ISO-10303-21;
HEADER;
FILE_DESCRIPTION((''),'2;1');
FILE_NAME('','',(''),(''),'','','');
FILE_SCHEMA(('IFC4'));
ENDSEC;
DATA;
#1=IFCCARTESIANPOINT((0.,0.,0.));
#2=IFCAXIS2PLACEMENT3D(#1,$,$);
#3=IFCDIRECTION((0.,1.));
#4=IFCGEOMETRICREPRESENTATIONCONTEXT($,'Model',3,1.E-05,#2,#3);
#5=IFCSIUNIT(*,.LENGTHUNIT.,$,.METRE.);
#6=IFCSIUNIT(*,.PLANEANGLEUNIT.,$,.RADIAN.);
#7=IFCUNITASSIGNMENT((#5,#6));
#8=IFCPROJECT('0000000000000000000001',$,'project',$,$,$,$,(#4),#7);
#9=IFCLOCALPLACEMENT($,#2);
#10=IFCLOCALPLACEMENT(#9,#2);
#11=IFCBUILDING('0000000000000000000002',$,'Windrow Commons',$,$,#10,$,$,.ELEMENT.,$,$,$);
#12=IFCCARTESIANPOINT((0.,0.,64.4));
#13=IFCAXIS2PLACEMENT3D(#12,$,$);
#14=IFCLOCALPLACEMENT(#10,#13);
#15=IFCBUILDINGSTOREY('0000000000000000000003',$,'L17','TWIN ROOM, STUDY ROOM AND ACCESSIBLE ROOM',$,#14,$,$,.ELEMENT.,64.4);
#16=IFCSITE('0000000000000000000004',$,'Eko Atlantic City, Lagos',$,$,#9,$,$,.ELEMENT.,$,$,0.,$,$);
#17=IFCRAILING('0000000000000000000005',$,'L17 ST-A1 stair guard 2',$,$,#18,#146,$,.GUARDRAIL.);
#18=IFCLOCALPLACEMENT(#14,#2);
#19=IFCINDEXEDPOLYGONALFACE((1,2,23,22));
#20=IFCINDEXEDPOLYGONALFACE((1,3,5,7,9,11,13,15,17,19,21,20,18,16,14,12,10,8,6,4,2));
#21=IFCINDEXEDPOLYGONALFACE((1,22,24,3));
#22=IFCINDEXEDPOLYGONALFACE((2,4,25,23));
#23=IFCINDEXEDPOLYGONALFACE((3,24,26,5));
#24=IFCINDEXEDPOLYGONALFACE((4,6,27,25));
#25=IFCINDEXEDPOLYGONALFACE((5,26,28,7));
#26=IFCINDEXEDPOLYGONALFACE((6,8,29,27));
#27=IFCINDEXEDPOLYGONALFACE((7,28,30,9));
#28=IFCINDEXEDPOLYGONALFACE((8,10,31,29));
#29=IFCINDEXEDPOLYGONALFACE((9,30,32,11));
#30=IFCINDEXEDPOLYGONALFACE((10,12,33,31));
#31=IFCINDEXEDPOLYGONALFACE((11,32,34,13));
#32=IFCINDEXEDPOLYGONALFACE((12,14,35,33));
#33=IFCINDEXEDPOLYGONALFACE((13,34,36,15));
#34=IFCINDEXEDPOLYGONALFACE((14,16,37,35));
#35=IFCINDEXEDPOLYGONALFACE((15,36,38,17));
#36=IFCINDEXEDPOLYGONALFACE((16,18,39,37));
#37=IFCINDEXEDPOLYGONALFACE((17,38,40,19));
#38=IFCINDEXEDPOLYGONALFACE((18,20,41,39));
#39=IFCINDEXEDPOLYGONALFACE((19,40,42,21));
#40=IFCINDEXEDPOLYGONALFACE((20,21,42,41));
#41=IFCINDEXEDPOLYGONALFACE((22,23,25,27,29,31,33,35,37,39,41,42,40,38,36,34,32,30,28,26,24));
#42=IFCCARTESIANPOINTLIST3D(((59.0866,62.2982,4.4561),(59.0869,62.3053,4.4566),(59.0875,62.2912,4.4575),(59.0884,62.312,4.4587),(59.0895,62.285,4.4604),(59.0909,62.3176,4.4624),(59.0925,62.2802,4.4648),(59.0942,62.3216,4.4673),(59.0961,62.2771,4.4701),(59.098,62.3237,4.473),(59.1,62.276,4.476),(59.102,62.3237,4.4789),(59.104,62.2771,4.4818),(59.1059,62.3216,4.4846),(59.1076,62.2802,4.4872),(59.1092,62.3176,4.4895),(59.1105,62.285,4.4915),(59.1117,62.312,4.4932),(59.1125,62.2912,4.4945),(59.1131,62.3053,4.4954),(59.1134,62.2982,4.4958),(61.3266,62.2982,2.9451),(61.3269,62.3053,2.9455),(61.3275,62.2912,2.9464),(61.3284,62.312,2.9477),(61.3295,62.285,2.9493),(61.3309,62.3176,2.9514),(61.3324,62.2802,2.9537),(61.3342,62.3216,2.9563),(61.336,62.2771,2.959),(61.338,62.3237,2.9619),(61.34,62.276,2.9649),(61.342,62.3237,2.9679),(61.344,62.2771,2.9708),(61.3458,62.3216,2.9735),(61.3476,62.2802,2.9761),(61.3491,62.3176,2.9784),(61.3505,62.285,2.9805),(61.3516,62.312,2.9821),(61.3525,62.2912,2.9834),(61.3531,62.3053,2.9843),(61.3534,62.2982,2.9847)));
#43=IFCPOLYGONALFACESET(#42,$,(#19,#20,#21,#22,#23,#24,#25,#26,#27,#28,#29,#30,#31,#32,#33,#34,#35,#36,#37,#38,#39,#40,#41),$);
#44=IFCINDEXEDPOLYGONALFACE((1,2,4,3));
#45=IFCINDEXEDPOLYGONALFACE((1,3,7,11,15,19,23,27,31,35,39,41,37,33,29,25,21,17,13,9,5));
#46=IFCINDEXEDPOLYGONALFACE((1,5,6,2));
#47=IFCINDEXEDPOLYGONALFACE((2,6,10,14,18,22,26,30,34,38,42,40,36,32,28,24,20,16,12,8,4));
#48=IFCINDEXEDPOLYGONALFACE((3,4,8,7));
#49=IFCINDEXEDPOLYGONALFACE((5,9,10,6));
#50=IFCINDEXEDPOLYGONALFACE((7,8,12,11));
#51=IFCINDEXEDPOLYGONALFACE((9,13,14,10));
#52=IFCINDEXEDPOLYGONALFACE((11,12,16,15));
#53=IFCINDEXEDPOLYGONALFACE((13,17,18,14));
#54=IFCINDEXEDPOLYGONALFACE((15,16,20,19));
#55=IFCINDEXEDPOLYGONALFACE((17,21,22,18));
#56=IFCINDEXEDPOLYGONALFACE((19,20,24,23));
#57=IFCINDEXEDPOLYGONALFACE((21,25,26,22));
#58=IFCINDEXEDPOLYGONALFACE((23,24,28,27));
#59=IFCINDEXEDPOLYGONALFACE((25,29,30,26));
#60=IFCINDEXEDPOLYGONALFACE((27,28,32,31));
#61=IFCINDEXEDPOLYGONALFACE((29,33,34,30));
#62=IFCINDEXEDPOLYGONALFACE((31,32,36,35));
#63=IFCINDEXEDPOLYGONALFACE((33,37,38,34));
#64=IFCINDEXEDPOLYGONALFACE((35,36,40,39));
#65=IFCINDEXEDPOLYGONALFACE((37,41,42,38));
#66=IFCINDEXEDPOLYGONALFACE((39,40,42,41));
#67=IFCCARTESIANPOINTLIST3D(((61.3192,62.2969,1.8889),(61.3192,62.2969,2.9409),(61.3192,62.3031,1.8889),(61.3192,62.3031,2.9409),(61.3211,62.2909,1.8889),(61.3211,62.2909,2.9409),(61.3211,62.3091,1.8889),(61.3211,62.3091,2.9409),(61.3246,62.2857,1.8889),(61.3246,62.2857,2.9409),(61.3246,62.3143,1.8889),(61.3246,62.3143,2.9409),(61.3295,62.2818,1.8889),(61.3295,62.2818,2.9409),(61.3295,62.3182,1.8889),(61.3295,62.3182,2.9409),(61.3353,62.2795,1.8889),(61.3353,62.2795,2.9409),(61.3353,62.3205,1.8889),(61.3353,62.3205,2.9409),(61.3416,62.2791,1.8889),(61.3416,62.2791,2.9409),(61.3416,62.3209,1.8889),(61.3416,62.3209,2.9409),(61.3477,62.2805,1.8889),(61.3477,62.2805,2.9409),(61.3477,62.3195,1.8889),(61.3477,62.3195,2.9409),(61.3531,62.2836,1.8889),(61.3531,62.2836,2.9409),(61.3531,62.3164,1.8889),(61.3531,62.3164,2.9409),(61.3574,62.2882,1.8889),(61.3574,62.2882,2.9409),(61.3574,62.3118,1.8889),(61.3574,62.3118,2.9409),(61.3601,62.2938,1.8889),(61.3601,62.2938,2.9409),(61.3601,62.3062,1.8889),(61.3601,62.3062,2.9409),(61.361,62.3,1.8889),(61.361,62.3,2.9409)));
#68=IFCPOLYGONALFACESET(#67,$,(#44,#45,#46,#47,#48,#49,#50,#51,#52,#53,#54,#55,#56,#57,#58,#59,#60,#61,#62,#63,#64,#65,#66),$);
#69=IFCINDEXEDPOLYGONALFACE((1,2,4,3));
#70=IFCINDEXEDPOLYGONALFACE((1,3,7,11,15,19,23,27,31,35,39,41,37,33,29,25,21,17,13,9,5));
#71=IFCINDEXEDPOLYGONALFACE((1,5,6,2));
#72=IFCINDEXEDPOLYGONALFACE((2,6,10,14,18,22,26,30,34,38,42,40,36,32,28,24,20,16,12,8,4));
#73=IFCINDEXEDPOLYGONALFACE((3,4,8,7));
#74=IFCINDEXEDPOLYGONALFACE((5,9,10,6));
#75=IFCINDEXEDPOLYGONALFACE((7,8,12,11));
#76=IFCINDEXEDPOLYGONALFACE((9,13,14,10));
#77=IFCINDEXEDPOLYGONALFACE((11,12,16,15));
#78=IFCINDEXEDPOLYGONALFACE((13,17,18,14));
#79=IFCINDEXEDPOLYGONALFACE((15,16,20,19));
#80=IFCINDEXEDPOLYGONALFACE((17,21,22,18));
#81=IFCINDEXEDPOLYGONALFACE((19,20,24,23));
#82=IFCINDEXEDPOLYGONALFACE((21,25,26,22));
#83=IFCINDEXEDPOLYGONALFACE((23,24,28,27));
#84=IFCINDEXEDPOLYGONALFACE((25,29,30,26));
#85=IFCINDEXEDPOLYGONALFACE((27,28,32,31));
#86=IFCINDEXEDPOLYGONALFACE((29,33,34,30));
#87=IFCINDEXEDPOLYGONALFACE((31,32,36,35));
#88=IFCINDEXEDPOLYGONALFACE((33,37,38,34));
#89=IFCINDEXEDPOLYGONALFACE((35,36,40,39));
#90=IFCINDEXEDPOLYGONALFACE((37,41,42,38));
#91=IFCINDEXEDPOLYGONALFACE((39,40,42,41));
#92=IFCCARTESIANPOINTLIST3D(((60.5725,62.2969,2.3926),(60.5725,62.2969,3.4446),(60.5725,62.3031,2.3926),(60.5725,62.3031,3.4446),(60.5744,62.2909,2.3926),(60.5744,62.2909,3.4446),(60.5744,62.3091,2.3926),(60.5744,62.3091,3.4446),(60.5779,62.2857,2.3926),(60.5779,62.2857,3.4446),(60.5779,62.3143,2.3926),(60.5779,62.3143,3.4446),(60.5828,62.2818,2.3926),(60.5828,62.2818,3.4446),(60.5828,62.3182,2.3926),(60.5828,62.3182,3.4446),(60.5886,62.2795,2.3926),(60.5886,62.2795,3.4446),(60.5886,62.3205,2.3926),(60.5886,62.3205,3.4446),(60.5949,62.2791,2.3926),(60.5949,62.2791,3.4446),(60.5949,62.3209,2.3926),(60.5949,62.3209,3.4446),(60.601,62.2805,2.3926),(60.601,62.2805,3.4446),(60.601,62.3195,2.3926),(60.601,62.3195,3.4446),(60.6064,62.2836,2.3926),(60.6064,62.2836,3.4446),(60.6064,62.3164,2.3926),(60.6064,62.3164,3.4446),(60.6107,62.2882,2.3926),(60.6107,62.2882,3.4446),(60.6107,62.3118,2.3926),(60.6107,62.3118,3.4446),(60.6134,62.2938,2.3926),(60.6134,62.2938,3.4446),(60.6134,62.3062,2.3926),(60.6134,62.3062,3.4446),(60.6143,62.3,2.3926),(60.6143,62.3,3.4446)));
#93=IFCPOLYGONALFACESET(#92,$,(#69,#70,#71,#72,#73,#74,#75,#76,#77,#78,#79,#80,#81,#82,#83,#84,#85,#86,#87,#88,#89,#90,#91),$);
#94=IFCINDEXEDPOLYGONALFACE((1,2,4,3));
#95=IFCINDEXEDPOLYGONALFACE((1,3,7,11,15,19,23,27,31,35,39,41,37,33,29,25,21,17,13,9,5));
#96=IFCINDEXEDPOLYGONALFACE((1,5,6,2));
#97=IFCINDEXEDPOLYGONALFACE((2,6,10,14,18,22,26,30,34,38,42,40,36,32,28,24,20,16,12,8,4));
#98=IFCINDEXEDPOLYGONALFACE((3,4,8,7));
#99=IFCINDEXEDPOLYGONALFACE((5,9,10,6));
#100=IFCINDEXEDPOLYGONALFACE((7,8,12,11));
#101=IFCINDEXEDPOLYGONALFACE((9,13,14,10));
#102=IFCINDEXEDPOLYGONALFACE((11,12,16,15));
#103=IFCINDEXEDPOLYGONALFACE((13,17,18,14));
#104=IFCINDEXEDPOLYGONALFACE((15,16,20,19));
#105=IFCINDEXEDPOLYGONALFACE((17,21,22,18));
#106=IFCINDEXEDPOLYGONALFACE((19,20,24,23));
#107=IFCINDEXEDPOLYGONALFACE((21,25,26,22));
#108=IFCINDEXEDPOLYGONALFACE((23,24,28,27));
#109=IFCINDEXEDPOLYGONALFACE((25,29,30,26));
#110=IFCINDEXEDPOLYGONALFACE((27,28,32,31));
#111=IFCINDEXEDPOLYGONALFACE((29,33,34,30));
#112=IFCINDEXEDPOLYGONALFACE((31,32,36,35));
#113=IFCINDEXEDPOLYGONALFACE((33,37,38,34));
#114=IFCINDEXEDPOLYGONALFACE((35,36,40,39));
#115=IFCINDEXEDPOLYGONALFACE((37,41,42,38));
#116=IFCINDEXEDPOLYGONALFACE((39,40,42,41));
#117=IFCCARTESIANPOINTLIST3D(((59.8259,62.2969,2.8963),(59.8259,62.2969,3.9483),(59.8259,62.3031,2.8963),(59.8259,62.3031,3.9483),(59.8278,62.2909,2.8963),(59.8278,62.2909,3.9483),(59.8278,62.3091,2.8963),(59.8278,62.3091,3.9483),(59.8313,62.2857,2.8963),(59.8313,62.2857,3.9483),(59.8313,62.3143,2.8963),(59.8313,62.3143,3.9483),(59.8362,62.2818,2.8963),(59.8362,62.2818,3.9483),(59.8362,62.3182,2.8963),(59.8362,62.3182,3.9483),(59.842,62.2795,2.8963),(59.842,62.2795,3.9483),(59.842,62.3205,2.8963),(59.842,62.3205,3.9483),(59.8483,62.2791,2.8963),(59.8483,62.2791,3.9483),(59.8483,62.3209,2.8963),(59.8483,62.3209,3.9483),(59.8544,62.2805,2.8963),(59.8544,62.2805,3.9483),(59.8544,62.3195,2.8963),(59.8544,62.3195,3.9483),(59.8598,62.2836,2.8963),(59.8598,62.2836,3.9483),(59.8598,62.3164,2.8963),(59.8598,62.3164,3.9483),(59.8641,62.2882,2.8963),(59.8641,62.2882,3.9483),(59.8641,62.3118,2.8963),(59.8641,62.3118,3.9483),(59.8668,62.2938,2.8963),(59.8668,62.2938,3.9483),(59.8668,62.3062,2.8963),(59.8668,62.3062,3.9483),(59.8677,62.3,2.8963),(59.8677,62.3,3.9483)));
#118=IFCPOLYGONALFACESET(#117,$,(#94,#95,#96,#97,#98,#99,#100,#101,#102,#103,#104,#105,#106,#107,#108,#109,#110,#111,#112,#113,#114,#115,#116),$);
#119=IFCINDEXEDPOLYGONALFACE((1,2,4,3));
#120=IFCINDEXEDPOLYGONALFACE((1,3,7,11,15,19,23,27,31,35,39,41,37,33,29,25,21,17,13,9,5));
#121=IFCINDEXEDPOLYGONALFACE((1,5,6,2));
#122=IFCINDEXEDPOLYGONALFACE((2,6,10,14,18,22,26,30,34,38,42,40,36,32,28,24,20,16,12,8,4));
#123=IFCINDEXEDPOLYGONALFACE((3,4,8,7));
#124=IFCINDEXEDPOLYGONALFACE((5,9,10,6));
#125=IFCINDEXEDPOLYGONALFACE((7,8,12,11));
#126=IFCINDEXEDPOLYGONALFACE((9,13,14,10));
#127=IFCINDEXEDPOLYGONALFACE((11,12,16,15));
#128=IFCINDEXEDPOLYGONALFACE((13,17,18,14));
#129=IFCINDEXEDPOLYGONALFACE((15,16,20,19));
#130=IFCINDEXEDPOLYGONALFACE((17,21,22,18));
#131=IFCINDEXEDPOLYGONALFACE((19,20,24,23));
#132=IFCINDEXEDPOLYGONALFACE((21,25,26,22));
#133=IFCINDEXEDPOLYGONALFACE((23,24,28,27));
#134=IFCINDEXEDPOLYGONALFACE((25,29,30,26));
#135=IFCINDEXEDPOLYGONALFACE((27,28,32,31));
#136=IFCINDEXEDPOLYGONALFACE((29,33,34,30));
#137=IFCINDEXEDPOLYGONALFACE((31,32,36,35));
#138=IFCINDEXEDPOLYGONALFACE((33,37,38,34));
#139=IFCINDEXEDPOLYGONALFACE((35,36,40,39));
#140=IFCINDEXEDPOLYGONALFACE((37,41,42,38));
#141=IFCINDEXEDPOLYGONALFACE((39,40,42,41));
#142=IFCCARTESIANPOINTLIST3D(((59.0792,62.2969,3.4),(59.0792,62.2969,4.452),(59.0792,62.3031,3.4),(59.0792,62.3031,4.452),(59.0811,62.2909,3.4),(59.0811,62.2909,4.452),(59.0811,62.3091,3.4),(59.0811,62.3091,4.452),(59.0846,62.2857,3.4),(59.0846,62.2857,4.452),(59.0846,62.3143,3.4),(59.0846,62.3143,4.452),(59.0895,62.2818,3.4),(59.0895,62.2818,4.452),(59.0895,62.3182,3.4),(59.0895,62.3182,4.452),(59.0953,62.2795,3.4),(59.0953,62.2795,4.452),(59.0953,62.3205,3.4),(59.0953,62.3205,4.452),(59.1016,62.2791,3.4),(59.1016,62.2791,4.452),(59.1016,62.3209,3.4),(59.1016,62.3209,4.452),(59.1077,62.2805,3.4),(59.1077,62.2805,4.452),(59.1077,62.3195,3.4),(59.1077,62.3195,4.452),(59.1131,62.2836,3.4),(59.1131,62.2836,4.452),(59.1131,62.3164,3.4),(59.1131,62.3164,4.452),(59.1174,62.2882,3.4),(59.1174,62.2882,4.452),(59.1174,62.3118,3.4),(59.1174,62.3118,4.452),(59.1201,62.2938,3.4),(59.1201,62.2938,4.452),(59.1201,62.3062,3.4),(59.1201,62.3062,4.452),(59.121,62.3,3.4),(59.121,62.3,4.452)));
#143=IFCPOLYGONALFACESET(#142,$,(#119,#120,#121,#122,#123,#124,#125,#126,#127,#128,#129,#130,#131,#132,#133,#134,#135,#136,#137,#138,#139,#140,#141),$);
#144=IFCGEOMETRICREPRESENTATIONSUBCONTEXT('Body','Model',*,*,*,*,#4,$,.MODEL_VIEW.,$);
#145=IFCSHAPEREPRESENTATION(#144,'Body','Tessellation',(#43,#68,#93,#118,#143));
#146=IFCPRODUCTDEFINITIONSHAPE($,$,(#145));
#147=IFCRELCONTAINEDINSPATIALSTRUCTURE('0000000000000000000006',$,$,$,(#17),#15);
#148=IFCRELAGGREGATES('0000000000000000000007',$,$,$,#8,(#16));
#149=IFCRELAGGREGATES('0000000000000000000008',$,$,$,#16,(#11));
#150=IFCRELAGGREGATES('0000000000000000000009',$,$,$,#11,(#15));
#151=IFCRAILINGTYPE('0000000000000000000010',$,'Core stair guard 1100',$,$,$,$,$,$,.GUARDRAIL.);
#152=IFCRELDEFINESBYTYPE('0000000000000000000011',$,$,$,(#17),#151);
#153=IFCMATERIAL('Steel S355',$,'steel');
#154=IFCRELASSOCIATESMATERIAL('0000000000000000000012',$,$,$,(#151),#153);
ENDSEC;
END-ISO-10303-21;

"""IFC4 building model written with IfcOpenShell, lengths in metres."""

from ifc_helpers import new_model, si_unit, direction, frame, origin, origin_2d, place, context, subcontext, project, spatial, circle, extrude, material, type_object, element, save


model = new_model("IFC4")

# Units and contexts
model_context = context("Model", 3, precision=1e-05, world=origin(), true_north=direction((0.0, 1.0)))
body_context = subcontext(model_context, "Body", "Model", "MODEL_VIEW")
ifc_project = project(units=[si_unit("LENGTHUNIT", "METRE"), si_unit("PLANEANGLEUNIT", "RADIAN")], contexts=[model_context])

# Site, building, storey
site_placement = place(None, origin())
site = spatial("IfcSite", under=ifc_project, at=site_placement, Name="Eko Atlantic City, Lagos", CompositionType="ELEMENT", RefElevation=0.0)
building_placement = place(site_placement, origin())
building = spatial("IfcBuilding", under=site, at=building_placement, Name="Windrow Commons", CompositionType="ELEMENT")
storey_placement = place(building_placement, frame((0.0, 0.0, 64.4)))
storey = spatial("IfcBuildingStorey", under=building, at=storey_placement, Name="L17", Description="TWIN ROOM, STUDY ROOM AND ACCESSIBLE ROOM", CompositionType="ELEMENT", Elevation=64.4)

# Railing
ifc_material_1 = material(Name="Steel S355", Category="steel")
railing_type_1 = type_object("IfcRailingType", Name="Core stair guard 1100", PredefinedType="GUARDRAIL", material=ifc_material_1)
railing_1_placement = place(storey_placement, frame((61.34, 62.3, 1.8889)))
element("IfcRailing", 1, at=railing_1_placement, inside=storey, type_object=railing_type_1, Name="L17 ST-A1 stair guard 2", PredefinedType="GUARDRAIL", context=body_context, shape_type="SweptSolid", body=[
    extrude(circle(Radius=0.024, at=origin_2d()), frame((0.0, 0.0, 1.076), z_axis=(-0.829003, 0.0, 0.559244), x_axis=(0.0, -1.0, 0.0)), (0.0, 0.0, 1.0), 2.702),
    extrude(circle(Radius=0.021, at=origin_2d()), origin(), (0.0, 0.0, 1.0), 1.052),
    extrude(circle(Radius=0.021, at=origin_2d()), frame((-0.7467, 0.0, 0.5037)), (0.0, 0.0, 1.0), 1.052),
    extrude(circle(Radius=0.021, at=origin_2d()), frame((-1.4933, 0.0, 1.0074)), (0.0, 0.0, 1.0), 1.052),
    extrude(circle(Radius=0.021, at=origin_2d()), frame((-2.24, 0.0, 1.5111)), (0.0, 0.0, 1.0), 1.052),
])

save(model, "model.ifc")
